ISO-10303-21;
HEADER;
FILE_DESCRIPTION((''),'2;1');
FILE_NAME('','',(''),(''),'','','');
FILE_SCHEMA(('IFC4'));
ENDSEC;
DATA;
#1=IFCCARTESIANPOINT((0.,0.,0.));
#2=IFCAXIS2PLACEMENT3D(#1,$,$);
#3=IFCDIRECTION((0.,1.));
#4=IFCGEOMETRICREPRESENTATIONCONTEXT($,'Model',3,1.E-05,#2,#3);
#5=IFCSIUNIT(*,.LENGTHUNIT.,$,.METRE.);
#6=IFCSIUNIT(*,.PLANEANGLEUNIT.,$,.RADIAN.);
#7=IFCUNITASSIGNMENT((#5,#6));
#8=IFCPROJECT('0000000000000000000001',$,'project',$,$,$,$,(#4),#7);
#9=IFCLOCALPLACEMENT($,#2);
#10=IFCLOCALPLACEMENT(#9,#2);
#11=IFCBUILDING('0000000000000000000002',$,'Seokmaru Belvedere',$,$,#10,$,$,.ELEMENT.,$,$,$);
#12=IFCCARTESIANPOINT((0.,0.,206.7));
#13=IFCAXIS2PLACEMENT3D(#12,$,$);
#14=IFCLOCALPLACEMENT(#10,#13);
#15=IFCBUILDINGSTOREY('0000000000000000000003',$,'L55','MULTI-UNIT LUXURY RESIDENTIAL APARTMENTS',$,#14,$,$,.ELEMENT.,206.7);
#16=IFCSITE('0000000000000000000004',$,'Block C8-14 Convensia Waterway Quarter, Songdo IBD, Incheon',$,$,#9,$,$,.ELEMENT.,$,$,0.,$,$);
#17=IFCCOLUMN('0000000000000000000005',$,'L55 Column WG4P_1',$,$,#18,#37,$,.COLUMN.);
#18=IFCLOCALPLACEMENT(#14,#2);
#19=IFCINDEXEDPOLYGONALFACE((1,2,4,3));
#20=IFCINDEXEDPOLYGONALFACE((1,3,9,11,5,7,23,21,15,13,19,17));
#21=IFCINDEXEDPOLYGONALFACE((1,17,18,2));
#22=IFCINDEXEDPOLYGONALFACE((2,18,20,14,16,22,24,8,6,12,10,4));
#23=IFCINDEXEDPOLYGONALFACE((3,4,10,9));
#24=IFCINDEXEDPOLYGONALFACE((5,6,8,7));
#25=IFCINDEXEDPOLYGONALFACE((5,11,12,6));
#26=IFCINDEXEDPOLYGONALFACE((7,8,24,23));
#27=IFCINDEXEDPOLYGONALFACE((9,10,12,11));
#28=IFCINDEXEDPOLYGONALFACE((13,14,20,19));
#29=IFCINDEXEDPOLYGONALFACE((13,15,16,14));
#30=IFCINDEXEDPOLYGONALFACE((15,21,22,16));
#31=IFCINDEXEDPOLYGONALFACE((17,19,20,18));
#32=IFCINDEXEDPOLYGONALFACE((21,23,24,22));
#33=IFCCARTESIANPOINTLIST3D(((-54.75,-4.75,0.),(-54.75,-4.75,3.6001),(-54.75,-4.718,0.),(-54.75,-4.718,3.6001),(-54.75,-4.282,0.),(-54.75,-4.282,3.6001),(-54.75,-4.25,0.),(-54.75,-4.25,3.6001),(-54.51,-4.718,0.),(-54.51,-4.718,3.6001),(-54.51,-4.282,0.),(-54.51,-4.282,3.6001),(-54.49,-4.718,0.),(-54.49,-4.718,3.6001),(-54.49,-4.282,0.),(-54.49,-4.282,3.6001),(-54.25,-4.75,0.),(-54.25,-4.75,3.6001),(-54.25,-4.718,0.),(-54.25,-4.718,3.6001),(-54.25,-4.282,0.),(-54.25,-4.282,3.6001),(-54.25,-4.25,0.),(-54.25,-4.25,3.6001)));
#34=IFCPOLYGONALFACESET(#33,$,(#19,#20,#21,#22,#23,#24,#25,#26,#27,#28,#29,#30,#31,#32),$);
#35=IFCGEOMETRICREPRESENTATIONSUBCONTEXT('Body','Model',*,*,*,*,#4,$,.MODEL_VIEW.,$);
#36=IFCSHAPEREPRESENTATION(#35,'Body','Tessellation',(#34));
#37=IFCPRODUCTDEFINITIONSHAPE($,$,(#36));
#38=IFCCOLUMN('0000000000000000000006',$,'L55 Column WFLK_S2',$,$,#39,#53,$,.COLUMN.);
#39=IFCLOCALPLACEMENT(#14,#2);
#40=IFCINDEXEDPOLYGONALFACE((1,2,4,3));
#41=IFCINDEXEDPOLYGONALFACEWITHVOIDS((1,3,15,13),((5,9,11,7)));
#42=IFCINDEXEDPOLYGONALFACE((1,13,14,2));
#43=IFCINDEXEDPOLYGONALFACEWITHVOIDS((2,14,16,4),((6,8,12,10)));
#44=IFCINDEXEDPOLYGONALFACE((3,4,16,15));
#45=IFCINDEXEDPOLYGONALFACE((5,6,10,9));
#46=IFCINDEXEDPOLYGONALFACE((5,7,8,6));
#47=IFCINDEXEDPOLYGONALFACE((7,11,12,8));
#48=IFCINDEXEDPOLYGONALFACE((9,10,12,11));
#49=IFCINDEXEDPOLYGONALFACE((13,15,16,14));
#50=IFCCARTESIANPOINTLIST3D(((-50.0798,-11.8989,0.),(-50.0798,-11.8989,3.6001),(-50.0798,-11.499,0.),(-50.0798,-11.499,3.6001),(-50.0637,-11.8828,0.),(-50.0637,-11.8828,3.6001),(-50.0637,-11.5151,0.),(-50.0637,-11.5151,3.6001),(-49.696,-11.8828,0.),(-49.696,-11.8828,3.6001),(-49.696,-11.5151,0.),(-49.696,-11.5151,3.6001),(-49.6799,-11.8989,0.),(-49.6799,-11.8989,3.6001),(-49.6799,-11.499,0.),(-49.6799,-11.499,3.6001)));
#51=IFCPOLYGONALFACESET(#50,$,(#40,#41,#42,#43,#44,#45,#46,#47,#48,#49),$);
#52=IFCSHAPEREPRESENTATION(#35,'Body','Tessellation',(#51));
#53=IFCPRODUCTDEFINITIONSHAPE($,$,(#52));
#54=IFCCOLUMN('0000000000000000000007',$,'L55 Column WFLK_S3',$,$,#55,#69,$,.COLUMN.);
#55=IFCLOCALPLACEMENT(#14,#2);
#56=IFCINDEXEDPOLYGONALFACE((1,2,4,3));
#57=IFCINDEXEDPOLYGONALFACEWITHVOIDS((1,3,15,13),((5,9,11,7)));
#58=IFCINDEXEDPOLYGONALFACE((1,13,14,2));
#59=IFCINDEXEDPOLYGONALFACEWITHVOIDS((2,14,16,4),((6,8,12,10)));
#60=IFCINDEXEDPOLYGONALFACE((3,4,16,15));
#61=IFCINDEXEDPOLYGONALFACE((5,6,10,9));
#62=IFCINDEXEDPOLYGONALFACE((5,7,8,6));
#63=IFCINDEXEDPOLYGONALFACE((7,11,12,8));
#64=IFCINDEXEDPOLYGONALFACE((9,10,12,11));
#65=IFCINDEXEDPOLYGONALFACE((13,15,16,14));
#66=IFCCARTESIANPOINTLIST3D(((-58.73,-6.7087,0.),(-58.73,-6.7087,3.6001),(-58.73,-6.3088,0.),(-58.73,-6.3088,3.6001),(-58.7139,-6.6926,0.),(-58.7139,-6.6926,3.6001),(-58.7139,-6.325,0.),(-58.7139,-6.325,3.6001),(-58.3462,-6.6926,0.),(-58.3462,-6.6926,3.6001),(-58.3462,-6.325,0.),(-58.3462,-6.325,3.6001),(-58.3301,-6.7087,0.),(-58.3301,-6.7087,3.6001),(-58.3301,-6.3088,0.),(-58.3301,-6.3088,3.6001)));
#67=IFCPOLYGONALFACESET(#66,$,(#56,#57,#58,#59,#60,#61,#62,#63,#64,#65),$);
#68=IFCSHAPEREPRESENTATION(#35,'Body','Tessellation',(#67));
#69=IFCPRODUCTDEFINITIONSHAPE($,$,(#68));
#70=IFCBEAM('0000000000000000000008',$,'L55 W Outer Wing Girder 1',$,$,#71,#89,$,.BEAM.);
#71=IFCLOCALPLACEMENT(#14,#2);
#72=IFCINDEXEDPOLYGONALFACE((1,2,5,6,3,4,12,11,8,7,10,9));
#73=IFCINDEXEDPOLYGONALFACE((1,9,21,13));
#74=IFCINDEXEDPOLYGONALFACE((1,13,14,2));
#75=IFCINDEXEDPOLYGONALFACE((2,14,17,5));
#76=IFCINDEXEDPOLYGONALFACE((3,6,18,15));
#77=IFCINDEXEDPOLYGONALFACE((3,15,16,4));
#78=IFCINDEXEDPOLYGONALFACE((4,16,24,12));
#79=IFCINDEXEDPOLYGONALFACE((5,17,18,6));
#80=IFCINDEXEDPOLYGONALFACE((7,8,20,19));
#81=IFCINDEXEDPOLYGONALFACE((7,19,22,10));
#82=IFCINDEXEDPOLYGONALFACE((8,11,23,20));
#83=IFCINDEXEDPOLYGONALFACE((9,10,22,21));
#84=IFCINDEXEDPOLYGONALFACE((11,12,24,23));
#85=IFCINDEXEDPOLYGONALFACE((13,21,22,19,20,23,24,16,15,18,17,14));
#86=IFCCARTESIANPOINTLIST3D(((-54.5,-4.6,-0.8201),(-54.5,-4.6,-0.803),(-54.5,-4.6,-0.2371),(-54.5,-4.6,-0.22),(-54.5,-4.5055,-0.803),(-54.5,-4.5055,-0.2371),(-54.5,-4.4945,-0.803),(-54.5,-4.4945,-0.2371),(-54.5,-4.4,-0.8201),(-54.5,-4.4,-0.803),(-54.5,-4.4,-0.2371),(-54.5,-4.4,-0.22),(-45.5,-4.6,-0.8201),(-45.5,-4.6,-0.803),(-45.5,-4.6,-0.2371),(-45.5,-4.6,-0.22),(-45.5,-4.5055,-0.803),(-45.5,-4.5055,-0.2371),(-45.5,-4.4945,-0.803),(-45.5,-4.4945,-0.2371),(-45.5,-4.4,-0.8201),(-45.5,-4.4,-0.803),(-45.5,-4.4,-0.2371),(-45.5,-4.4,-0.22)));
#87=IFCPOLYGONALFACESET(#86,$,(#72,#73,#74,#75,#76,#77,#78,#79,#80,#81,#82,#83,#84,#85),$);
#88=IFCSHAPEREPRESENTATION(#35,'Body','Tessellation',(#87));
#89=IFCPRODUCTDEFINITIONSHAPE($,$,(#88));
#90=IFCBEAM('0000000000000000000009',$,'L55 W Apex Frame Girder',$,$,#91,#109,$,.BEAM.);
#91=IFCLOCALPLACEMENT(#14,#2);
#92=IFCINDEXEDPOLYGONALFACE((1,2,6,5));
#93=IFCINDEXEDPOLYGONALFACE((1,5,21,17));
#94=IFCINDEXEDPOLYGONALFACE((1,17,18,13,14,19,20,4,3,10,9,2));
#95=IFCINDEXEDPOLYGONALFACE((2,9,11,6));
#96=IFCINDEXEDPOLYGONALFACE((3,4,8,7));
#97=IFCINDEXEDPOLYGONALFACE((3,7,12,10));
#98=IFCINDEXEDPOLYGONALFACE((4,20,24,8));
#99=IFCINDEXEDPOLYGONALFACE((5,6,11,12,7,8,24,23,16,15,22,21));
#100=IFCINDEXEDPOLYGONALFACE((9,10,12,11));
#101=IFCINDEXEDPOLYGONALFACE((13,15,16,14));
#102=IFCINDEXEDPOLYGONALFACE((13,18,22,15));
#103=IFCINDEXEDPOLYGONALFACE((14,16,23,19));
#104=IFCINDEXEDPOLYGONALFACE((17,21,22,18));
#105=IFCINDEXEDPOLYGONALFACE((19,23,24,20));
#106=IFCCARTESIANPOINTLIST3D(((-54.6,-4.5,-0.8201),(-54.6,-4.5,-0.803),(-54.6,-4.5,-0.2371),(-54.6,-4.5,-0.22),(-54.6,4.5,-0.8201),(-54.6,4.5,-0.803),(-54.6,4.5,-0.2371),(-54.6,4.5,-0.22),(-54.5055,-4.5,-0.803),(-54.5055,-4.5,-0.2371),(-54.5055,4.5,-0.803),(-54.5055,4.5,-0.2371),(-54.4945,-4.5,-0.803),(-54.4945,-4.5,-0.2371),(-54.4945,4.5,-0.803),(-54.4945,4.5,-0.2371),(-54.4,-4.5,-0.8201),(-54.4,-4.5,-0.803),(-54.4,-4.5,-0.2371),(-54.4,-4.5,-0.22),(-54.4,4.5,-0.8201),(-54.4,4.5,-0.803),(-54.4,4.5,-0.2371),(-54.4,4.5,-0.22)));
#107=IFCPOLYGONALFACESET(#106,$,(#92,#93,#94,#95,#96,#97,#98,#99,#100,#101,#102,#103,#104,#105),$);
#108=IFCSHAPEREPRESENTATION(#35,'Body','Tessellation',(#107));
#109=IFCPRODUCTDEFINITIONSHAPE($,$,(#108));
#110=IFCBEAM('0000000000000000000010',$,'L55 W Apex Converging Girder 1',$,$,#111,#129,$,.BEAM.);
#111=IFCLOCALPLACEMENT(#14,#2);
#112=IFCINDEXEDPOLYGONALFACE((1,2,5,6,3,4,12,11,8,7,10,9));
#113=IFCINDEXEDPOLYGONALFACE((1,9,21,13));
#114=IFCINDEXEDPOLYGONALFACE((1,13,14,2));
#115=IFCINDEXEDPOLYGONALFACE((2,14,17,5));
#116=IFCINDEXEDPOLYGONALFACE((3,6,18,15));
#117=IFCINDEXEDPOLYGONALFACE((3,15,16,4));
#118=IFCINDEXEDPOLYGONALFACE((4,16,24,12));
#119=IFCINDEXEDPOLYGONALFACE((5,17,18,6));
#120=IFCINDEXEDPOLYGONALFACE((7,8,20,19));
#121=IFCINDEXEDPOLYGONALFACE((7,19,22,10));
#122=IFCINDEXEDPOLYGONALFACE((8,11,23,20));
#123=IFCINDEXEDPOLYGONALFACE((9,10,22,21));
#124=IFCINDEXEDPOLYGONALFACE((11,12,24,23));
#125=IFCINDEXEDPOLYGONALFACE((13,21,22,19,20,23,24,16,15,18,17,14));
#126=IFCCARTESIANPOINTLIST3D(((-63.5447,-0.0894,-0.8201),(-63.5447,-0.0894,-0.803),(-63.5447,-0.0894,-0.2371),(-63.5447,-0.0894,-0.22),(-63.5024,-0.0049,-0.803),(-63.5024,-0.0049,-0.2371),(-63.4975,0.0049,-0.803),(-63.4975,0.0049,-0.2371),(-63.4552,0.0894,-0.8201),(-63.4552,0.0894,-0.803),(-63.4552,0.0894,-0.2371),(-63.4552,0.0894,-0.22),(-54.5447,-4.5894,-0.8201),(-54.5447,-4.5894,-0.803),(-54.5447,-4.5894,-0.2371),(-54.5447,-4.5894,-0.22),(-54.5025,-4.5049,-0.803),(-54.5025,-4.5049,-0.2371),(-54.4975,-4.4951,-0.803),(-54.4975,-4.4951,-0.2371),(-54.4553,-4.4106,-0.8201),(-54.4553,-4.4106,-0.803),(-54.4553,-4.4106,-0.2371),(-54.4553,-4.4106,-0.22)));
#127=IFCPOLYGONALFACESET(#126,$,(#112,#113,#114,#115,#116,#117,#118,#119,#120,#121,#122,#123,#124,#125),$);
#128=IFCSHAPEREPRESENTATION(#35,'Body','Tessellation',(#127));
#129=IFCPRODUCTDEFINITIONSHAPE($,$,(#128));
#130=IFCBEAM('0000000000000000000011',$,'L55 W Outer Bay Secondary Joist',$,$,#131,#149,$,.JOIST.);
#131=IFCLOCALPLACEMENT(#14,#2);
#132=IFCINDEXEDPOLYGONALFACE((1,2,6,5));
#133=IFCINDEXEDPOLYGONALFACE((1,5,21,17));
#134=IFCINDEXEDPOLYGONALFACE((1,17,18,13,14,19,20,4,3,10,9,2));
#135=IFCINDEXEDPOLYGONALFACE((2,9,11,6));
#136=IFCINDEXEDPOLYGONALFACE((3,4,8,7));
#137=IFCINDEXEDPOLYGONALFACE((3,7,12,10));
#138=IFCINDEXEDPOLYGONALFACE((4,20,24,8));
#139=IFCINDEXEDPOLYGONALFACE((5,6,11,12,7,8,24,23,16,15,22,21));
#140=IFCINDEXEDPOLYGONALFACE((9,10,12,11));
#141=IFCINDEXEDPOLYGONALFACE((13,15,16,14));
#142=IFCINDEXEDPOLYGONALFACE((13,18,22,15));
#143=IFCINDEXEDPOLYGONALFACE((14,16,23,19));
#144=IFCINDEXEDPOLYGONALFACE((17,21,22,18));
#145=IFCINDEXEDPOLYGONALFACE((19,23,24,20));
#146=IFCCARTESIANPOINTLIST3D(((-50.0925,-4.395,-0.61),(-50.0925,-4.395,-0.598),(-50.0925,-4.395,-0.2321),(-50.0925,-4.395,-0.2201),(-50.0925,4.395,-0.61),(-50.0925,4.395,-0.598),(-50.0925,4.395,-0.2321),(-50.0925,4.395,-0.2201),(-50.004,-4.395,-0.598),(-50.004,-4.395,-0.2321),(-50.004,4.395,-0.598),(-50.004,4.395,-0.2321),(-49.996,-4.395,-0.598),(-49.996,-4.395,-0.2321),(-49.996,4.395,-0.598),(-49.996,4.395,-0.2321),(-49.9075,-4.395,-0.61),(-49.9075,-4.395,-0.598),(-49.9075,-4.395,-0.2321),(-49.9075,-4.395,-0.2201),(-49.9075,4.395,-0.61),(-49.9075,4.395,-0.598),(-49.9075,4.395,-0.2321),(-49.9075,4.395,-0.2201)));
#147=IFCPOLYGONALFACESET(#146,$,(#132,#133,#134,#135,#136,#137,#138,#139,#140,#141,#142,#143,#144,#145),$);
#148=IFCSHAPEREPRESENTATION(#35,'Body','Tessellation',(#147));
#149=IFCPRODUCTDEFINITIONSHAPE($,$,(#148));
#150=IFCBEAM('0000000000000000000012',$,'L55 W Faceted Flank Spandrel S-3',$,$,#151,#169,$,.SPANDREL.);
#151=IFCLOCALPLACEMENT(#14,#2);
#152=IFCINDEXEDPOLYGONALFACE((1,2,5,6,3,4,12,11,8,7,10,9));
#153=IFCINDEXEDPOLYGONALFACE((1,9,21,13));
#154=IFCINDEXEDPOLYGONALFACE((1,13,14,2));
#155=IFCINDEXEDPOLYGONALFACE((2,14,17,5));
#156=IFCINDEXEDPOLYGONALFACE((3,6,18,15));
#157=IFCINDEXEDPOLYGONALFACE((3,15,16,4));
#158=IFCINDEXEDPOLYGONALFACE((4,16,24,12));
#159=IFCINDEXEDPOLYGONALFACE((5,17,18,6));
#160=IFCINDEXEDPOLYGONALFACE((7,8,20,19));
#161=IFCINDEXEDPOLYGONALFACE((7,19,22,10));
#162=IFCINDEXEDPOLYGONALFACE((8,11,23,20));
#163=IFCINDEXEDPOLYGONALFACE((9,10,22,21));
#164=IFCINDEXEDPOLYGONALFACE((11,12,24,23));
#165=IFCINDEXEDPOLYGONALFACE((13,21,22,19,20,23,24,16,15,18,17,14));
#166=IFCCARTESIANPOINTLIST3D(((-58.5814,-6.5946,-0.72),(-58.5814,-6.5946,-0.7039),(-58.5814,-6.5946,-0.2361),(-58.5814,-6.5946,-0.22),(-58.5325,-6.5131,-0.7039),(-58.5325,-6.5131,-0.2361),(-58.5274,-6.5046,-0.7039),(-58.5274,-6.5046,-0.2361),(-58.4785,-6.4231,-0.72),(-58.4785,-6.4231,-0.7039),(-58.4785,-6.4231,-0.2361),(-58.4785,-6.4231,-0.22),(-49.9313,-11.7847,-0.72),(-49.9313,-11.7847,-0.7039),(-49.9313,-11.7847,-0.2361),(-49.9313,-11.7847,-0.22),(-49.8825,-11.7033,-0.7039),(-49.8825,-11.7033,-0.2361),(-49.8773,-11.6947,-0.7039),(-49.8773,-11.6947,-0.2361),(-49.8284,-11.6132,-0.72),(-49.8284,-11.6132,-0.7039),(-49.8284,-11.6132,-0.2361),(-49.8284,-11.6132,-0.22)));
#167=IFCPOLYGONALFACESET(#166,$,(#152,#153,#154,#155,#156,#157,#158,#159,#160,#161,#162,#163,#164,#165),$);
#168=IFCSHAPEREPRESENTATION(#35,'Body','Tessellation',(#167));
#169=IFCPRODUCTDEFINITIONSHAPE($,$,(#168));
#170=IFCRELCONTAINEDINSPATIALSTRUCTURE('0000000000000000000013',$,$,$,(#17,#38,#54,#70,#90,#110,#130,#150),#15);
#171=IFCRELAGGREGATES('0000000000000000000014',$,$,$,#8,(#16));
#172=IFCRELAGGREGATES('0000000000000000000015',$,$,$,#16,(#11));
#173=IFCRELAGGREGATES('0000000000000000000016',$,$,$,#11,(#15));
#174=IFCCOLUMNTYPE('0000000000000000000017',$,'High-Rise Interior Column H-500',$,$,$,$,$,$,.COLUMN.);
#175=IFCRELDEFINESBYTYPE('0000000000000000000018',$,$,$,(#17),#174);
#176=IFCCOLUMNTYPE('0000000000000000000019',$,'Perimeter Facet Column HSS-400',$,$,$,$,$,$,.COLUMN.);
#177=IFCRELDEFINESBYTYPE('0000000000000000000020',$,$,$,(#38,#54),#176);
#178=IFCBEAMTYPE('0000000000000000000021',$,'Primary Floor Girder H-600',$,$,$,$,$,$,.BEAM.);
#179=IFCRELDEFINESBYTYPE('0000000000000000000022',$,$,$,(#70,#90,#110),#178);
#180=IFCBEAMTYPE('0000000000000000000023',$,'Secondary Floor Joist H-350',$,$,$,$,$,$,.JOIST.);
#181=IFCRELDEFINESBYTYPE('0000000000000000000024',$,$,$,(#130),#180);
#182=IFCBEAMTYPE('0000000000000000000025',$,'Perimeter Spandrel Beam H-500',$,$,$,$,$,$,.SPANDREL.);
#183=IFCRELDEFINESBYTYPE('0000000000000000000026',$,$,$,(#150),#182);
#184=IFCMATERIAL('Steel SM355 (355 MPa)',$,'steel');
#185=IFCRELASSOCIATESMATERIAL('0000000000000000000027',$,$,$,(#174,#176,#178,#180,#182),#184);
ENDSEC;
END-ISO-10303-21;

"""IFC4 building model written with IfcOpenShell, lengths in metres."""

from ifc_helpers import new_model, si_unit, direction, frame, origin, origin_2d, place, context, subcontext, project, spatial, hollow_rectangle, i_section, extrude, source, transform, mapped, material, material_profile, profile_set, type_object, type_shapes, element, save


model = new_model("IFC4")

# Units and contexts
model_context = context("Model", 3, precision=1e-05, world=origin(), true_north=direction((0.0, 1.0)))
body_context = subcontext(model_context, "Body", "Model", "MODEL_VIEW")
ifc_project = project(units=[si_unit("LENGTHUNIT", "METRE"), si_unit("PLANEANGLEUNIT", "RADIAN")], contexts=[model_context])

# Site, building, storey
site_placement = place(None, origin())
site = spatial("IfcSite", under=ifc_project, at=site_placement, Name="Block C8-14 Convensia Waterway Quarter, Songdo IBD, Incheon", CompositionType="ELEMENT", RefElevation=0.0)
building_placement = place(site_placement, origin())
building = spatial("IfcBuilding", under=site, at=building_placement, Name="Seokmaru Belvedere", CompositionType="ELEMENT")
storey_placement = place(building_placement, frame((0.0, 0.0, 206.7)))
storey = spatial("IfcBuildingStorey", under=building, at=storey_placement, Name="L55", Description="MULTI-UNIT LUXURY RESIDENTIAL APARTMENTS", CompositionType="ELEMENT", Elevation=206.7)

# Columns
ifc_material_1 = material(Name="Steel SM355 (355 MPa)", Category="steel")
ifc_material_profile_1 = material_profile(ifc_material_1, i_section(OverallWidth=0.5, OverallDepth=0.5, WebThickness=0.02, FlangeThickness=0.032, at=origin_2d()), Name="H-500x500x20x32")
ifc_profile_set_1 = profile_set([ifc_material_profile_1], Name="Steel SM355 (355 MPa)")
column_type_1 = type_object("IfcColumnType", Name="High-Rise Interior Column H-500", PredefinedType="COLUMN", material=ifc_profile_set_1)
shared_shape_1 = source(origin(), body_context, "Body", "SweptSolid", [
    extrude(i_section(OverallWidth=0.5, OverallDepth=0.5, WebThickness=0.02, FlangeThickness=0.032, at=origin_2d()), origin(), (0.0, 0.0, 1.0), 3.6001),
])
type_shapes(column_type_1, [shared_shape_1])
column_placement = place(storey_placement, frame((-54.5, -4.5, 0.0), z_axis=(0.0, 0.0, 1.0), x_axis=(1.0, 0.0, 0.0)))
element("IfcColumn", 1, at=column_placement, inside=storey, type_object=column_type_1, Name="L55 Column WG4P_1", PredefinedType="COLUMN", context=body_context, shape_type="MappedRepresentation", body=[
    mapped(shared_shape_1, transform((0.0, 0.0, 0.0), scale=1.0)),
])
ifc_material_profile_2 = material_profile(ifc_material_1, hollow_rectangle(XDim=0.3999, YDim=0.3999, WallThickness=0.0161, at=origin_2d()), Name="HSS-400x400x16")
ifc_profile_set_2 = profile_set([ifc_material_profile_2], Name="Steel SM355 (355 MPa)")
column_type_2 = type_object("IfcColumnType", Name="Perimeter Facet Column HSS-400", PredefinedType="COLUMN", material=ifc_profile_set_2)
shared_shape_2 = source(origin(), body_context, "Body", "SweptSolid", [
    extrude(hollow_rectangle(XDim=0.3999, YDim=0.3999, WallThickness=0.0161, at=origin_2d()), origin(), (0.0, 0.0, 1.0), 3.6001),
])
type_shapes(column_type_2, [shared_shape_2])
for number, where, z_axis, x_axis, name in (
    (2, (-49.8799, -11.699, 0.0), (0.0, 0.0, 1.0), (1.0, 0.0, 0.0), "L55 Column WFLK_S2"),
    (3, (-58.53, -6.5088, 0.0), (0.0, 0.0, 1.0), (1.0, 0.0, 0.0), "L55 Column WFLK_S3"),
):
    element("IfcColumn", number, at=place(storey_placement, frame(where, z_axis=z_axis, x_axis=x_axis)), inside=storey, type_object=column_type_2, Name=name, PredefinedType="COLUMN", context=body_context, shape_type="MappedRepresentation", body=[
        mapped(shared_shape_2, transform((0.0, 0.0, 0.0), scale=1.0)),
    ])

# Beams
ifc_material_profile_3 = material_profile(ifc_material_1, i_section(OverallWidth=0.2, OverallDepth=0.6001, WebThickness=0.011, FlangeThickness=0.0171, at=origin_2d()), Name="H-600x200x11x17")
ifc_profile_set_3 = profile_set([ifc_material_profile_3], Name="Steel SM355 (355 MPa)")
beam_type_1 = type_object("IfcBeamType", Name="Primary Floor Girder H-600", PredefinedType="BEAM", material=ifc_profile_set_3)
shared_shape_3 = source(origin(), body_context, "Body", "SweptSolid", [
    extrude(i_section(OverallWidth=0.2, OverallDepth=0.6001, WebThickness=0.011, FlangeThickness=0.0171, at=origin_2d()), origin(), (0.0, 0.0, 1.0), 9.0),
])
for number, where, z_axis, x_axis, name in (
    (4, (-54.5, -4.5, -0.52), (1.0, 0.0, 0.0), (0.0, 1.0, 0.0), "L55 W Outer Wing Girder 1"),
    (5, (-54.5, -4.5, -0.52), (0.0, 1.0, 0.0), (-1.0, 0.0, 0.0), "L55 W Apex Frame Girder"),
):
    element("IfcBeam", number, at=place(storey_placement, frame(where, z_axis=z_axis, x_axis=x_axis)), inside=storey, type_object=beam_type_1, Name=name, PredefinedType="BEAM", context=body_context, shape_type="MappedRepresentation", body=[
        mapped(shared_shape_3, transform((0.0, 0.0, 0.0), scale=1.0)),
    ])
shared_shape_4 = source(origin(), body_context, "Body", "SweptSolid", [
    extrude(i_section(OverallWidth=0.2, OverallDepth=0.6001, WebThickness=0.011, FlangeThickness=0.0171, at=origin_2d()), origin(), (0.0, 0.0, 1.0), 10.0623),
])
beam_1_placement = place(storey_placement, frame((-54.5, -4.5, -0.52), z_axis=(-0.894427, 0.447214, 0.0), x_axis=(-0.447214, -0.894427, 0.0)))
element("IfcBeam", 6, at=beam_1_placement, inside=storey, type_object=beam_type_1, Name="L55 W Apex Converging Girder 1", PredefinedType="BEAM", context=body_context, shape_type="MappedRepresentation", body=[
    mapped(shared_shape_4, transform((0.0, 0.0, 0.0), scale=1.0)),
])
ifc_material_profile_4 = material_profile(ifc_material_1, i_section(OverallWidth=0.1851, OverallDepth=0.3899, WebThickness=0.0081, FlangeThickness=0.012, at=origin_2d()), Name="H-390x185x8x12")
ifc_profile_set_4 = profile_set([ifc_material_profile_4], Name="Steel SM355 (355 MPa)")
beam_type_2 = type_object("IfcBeamType", Name="Secondary Floor Joist H-350", PredefinedType="JOIST", material=ifc_profile_set_4)
shared_shape_5 = source(origin(), body_context, "Body", "SweptSolid", [
    extrude(i_section(OverallWidth=0.1851, OverallDepth=0.3899, WebThickness=0.0081, FlangeThickness=0.012, at=origin_2d()), origin(), (0.0, 0.0, 1.0), 8.79),
])
type_shapes(beam_type_2, [shared_shape_5])
beam_2_placement = place(storey_placement, frame((-50.0, -4.395, -0.415), z_axis=(0.0, 1.0, 0.0), x_axis=(-1.0, 0.0, 0.0)))
element("IfcBeam", 7, at=beam_2_placement, inside=storey, type_object=beam_type_2, Name="L55 W Outer Bay Secondary Joist", PredefinedType="JOIST", context=body_context, shape_type="MappedRepresentation", body=[
    mapped(shared_shape_5, transform((0.0, 0.0, 0.0), scale=1.0)),
])
ifc_material_profile_5 = material_profile(ifc_material_1, i_section(OverallWidth=0.2, OverallDepth=0.5, WebThickness=0.01, FlangeThickness=0.0161, at=origin_2d()), Name="H-500x200x10x16")
ifc_profile_set_5 = profile_set([ifc_material_profile_5], Name="Steel SM355 (355 MPa)")
beam_type_3 = type_object("IfcBeamType", Name="Perimeter Spandrel Beam H-500", PredefinedType="SPANDREL", material=ifc_profile_set_5)
shared_shape_6 = source(origin(), body_context, "Body", "SweptSolid", [
    extrude(i_section(OverallWidth=0.2, OverallDepth=0.5, WebThickness=0.01, FlangeThickness=0.0161, at=origin_2d()), origin(), (0.0, 0.0, 1.0), 10.0876),
])
beam_3_placement = place(storey_placement, frame((-49.8799, -11.699, -0.47), z_axis=(-0.857489, 0.514503, 0.0), x_axis=(-0.514503, -0.857489, 0.0)))
element("IfcBeam", 8, at=beam_3_placement, inside=storey, type_object=beam_type_3, Name="L55 W Faceted Flank Spandrel S-3", PredefinedType="SPANDREL", context=body_context, shape_type="MappedRepresentation", body=[
    mapped(shared_shape_6, transform((0.0, 0.0, 0.0), scale=1.0)),
])

save(model, "model.ifc")
